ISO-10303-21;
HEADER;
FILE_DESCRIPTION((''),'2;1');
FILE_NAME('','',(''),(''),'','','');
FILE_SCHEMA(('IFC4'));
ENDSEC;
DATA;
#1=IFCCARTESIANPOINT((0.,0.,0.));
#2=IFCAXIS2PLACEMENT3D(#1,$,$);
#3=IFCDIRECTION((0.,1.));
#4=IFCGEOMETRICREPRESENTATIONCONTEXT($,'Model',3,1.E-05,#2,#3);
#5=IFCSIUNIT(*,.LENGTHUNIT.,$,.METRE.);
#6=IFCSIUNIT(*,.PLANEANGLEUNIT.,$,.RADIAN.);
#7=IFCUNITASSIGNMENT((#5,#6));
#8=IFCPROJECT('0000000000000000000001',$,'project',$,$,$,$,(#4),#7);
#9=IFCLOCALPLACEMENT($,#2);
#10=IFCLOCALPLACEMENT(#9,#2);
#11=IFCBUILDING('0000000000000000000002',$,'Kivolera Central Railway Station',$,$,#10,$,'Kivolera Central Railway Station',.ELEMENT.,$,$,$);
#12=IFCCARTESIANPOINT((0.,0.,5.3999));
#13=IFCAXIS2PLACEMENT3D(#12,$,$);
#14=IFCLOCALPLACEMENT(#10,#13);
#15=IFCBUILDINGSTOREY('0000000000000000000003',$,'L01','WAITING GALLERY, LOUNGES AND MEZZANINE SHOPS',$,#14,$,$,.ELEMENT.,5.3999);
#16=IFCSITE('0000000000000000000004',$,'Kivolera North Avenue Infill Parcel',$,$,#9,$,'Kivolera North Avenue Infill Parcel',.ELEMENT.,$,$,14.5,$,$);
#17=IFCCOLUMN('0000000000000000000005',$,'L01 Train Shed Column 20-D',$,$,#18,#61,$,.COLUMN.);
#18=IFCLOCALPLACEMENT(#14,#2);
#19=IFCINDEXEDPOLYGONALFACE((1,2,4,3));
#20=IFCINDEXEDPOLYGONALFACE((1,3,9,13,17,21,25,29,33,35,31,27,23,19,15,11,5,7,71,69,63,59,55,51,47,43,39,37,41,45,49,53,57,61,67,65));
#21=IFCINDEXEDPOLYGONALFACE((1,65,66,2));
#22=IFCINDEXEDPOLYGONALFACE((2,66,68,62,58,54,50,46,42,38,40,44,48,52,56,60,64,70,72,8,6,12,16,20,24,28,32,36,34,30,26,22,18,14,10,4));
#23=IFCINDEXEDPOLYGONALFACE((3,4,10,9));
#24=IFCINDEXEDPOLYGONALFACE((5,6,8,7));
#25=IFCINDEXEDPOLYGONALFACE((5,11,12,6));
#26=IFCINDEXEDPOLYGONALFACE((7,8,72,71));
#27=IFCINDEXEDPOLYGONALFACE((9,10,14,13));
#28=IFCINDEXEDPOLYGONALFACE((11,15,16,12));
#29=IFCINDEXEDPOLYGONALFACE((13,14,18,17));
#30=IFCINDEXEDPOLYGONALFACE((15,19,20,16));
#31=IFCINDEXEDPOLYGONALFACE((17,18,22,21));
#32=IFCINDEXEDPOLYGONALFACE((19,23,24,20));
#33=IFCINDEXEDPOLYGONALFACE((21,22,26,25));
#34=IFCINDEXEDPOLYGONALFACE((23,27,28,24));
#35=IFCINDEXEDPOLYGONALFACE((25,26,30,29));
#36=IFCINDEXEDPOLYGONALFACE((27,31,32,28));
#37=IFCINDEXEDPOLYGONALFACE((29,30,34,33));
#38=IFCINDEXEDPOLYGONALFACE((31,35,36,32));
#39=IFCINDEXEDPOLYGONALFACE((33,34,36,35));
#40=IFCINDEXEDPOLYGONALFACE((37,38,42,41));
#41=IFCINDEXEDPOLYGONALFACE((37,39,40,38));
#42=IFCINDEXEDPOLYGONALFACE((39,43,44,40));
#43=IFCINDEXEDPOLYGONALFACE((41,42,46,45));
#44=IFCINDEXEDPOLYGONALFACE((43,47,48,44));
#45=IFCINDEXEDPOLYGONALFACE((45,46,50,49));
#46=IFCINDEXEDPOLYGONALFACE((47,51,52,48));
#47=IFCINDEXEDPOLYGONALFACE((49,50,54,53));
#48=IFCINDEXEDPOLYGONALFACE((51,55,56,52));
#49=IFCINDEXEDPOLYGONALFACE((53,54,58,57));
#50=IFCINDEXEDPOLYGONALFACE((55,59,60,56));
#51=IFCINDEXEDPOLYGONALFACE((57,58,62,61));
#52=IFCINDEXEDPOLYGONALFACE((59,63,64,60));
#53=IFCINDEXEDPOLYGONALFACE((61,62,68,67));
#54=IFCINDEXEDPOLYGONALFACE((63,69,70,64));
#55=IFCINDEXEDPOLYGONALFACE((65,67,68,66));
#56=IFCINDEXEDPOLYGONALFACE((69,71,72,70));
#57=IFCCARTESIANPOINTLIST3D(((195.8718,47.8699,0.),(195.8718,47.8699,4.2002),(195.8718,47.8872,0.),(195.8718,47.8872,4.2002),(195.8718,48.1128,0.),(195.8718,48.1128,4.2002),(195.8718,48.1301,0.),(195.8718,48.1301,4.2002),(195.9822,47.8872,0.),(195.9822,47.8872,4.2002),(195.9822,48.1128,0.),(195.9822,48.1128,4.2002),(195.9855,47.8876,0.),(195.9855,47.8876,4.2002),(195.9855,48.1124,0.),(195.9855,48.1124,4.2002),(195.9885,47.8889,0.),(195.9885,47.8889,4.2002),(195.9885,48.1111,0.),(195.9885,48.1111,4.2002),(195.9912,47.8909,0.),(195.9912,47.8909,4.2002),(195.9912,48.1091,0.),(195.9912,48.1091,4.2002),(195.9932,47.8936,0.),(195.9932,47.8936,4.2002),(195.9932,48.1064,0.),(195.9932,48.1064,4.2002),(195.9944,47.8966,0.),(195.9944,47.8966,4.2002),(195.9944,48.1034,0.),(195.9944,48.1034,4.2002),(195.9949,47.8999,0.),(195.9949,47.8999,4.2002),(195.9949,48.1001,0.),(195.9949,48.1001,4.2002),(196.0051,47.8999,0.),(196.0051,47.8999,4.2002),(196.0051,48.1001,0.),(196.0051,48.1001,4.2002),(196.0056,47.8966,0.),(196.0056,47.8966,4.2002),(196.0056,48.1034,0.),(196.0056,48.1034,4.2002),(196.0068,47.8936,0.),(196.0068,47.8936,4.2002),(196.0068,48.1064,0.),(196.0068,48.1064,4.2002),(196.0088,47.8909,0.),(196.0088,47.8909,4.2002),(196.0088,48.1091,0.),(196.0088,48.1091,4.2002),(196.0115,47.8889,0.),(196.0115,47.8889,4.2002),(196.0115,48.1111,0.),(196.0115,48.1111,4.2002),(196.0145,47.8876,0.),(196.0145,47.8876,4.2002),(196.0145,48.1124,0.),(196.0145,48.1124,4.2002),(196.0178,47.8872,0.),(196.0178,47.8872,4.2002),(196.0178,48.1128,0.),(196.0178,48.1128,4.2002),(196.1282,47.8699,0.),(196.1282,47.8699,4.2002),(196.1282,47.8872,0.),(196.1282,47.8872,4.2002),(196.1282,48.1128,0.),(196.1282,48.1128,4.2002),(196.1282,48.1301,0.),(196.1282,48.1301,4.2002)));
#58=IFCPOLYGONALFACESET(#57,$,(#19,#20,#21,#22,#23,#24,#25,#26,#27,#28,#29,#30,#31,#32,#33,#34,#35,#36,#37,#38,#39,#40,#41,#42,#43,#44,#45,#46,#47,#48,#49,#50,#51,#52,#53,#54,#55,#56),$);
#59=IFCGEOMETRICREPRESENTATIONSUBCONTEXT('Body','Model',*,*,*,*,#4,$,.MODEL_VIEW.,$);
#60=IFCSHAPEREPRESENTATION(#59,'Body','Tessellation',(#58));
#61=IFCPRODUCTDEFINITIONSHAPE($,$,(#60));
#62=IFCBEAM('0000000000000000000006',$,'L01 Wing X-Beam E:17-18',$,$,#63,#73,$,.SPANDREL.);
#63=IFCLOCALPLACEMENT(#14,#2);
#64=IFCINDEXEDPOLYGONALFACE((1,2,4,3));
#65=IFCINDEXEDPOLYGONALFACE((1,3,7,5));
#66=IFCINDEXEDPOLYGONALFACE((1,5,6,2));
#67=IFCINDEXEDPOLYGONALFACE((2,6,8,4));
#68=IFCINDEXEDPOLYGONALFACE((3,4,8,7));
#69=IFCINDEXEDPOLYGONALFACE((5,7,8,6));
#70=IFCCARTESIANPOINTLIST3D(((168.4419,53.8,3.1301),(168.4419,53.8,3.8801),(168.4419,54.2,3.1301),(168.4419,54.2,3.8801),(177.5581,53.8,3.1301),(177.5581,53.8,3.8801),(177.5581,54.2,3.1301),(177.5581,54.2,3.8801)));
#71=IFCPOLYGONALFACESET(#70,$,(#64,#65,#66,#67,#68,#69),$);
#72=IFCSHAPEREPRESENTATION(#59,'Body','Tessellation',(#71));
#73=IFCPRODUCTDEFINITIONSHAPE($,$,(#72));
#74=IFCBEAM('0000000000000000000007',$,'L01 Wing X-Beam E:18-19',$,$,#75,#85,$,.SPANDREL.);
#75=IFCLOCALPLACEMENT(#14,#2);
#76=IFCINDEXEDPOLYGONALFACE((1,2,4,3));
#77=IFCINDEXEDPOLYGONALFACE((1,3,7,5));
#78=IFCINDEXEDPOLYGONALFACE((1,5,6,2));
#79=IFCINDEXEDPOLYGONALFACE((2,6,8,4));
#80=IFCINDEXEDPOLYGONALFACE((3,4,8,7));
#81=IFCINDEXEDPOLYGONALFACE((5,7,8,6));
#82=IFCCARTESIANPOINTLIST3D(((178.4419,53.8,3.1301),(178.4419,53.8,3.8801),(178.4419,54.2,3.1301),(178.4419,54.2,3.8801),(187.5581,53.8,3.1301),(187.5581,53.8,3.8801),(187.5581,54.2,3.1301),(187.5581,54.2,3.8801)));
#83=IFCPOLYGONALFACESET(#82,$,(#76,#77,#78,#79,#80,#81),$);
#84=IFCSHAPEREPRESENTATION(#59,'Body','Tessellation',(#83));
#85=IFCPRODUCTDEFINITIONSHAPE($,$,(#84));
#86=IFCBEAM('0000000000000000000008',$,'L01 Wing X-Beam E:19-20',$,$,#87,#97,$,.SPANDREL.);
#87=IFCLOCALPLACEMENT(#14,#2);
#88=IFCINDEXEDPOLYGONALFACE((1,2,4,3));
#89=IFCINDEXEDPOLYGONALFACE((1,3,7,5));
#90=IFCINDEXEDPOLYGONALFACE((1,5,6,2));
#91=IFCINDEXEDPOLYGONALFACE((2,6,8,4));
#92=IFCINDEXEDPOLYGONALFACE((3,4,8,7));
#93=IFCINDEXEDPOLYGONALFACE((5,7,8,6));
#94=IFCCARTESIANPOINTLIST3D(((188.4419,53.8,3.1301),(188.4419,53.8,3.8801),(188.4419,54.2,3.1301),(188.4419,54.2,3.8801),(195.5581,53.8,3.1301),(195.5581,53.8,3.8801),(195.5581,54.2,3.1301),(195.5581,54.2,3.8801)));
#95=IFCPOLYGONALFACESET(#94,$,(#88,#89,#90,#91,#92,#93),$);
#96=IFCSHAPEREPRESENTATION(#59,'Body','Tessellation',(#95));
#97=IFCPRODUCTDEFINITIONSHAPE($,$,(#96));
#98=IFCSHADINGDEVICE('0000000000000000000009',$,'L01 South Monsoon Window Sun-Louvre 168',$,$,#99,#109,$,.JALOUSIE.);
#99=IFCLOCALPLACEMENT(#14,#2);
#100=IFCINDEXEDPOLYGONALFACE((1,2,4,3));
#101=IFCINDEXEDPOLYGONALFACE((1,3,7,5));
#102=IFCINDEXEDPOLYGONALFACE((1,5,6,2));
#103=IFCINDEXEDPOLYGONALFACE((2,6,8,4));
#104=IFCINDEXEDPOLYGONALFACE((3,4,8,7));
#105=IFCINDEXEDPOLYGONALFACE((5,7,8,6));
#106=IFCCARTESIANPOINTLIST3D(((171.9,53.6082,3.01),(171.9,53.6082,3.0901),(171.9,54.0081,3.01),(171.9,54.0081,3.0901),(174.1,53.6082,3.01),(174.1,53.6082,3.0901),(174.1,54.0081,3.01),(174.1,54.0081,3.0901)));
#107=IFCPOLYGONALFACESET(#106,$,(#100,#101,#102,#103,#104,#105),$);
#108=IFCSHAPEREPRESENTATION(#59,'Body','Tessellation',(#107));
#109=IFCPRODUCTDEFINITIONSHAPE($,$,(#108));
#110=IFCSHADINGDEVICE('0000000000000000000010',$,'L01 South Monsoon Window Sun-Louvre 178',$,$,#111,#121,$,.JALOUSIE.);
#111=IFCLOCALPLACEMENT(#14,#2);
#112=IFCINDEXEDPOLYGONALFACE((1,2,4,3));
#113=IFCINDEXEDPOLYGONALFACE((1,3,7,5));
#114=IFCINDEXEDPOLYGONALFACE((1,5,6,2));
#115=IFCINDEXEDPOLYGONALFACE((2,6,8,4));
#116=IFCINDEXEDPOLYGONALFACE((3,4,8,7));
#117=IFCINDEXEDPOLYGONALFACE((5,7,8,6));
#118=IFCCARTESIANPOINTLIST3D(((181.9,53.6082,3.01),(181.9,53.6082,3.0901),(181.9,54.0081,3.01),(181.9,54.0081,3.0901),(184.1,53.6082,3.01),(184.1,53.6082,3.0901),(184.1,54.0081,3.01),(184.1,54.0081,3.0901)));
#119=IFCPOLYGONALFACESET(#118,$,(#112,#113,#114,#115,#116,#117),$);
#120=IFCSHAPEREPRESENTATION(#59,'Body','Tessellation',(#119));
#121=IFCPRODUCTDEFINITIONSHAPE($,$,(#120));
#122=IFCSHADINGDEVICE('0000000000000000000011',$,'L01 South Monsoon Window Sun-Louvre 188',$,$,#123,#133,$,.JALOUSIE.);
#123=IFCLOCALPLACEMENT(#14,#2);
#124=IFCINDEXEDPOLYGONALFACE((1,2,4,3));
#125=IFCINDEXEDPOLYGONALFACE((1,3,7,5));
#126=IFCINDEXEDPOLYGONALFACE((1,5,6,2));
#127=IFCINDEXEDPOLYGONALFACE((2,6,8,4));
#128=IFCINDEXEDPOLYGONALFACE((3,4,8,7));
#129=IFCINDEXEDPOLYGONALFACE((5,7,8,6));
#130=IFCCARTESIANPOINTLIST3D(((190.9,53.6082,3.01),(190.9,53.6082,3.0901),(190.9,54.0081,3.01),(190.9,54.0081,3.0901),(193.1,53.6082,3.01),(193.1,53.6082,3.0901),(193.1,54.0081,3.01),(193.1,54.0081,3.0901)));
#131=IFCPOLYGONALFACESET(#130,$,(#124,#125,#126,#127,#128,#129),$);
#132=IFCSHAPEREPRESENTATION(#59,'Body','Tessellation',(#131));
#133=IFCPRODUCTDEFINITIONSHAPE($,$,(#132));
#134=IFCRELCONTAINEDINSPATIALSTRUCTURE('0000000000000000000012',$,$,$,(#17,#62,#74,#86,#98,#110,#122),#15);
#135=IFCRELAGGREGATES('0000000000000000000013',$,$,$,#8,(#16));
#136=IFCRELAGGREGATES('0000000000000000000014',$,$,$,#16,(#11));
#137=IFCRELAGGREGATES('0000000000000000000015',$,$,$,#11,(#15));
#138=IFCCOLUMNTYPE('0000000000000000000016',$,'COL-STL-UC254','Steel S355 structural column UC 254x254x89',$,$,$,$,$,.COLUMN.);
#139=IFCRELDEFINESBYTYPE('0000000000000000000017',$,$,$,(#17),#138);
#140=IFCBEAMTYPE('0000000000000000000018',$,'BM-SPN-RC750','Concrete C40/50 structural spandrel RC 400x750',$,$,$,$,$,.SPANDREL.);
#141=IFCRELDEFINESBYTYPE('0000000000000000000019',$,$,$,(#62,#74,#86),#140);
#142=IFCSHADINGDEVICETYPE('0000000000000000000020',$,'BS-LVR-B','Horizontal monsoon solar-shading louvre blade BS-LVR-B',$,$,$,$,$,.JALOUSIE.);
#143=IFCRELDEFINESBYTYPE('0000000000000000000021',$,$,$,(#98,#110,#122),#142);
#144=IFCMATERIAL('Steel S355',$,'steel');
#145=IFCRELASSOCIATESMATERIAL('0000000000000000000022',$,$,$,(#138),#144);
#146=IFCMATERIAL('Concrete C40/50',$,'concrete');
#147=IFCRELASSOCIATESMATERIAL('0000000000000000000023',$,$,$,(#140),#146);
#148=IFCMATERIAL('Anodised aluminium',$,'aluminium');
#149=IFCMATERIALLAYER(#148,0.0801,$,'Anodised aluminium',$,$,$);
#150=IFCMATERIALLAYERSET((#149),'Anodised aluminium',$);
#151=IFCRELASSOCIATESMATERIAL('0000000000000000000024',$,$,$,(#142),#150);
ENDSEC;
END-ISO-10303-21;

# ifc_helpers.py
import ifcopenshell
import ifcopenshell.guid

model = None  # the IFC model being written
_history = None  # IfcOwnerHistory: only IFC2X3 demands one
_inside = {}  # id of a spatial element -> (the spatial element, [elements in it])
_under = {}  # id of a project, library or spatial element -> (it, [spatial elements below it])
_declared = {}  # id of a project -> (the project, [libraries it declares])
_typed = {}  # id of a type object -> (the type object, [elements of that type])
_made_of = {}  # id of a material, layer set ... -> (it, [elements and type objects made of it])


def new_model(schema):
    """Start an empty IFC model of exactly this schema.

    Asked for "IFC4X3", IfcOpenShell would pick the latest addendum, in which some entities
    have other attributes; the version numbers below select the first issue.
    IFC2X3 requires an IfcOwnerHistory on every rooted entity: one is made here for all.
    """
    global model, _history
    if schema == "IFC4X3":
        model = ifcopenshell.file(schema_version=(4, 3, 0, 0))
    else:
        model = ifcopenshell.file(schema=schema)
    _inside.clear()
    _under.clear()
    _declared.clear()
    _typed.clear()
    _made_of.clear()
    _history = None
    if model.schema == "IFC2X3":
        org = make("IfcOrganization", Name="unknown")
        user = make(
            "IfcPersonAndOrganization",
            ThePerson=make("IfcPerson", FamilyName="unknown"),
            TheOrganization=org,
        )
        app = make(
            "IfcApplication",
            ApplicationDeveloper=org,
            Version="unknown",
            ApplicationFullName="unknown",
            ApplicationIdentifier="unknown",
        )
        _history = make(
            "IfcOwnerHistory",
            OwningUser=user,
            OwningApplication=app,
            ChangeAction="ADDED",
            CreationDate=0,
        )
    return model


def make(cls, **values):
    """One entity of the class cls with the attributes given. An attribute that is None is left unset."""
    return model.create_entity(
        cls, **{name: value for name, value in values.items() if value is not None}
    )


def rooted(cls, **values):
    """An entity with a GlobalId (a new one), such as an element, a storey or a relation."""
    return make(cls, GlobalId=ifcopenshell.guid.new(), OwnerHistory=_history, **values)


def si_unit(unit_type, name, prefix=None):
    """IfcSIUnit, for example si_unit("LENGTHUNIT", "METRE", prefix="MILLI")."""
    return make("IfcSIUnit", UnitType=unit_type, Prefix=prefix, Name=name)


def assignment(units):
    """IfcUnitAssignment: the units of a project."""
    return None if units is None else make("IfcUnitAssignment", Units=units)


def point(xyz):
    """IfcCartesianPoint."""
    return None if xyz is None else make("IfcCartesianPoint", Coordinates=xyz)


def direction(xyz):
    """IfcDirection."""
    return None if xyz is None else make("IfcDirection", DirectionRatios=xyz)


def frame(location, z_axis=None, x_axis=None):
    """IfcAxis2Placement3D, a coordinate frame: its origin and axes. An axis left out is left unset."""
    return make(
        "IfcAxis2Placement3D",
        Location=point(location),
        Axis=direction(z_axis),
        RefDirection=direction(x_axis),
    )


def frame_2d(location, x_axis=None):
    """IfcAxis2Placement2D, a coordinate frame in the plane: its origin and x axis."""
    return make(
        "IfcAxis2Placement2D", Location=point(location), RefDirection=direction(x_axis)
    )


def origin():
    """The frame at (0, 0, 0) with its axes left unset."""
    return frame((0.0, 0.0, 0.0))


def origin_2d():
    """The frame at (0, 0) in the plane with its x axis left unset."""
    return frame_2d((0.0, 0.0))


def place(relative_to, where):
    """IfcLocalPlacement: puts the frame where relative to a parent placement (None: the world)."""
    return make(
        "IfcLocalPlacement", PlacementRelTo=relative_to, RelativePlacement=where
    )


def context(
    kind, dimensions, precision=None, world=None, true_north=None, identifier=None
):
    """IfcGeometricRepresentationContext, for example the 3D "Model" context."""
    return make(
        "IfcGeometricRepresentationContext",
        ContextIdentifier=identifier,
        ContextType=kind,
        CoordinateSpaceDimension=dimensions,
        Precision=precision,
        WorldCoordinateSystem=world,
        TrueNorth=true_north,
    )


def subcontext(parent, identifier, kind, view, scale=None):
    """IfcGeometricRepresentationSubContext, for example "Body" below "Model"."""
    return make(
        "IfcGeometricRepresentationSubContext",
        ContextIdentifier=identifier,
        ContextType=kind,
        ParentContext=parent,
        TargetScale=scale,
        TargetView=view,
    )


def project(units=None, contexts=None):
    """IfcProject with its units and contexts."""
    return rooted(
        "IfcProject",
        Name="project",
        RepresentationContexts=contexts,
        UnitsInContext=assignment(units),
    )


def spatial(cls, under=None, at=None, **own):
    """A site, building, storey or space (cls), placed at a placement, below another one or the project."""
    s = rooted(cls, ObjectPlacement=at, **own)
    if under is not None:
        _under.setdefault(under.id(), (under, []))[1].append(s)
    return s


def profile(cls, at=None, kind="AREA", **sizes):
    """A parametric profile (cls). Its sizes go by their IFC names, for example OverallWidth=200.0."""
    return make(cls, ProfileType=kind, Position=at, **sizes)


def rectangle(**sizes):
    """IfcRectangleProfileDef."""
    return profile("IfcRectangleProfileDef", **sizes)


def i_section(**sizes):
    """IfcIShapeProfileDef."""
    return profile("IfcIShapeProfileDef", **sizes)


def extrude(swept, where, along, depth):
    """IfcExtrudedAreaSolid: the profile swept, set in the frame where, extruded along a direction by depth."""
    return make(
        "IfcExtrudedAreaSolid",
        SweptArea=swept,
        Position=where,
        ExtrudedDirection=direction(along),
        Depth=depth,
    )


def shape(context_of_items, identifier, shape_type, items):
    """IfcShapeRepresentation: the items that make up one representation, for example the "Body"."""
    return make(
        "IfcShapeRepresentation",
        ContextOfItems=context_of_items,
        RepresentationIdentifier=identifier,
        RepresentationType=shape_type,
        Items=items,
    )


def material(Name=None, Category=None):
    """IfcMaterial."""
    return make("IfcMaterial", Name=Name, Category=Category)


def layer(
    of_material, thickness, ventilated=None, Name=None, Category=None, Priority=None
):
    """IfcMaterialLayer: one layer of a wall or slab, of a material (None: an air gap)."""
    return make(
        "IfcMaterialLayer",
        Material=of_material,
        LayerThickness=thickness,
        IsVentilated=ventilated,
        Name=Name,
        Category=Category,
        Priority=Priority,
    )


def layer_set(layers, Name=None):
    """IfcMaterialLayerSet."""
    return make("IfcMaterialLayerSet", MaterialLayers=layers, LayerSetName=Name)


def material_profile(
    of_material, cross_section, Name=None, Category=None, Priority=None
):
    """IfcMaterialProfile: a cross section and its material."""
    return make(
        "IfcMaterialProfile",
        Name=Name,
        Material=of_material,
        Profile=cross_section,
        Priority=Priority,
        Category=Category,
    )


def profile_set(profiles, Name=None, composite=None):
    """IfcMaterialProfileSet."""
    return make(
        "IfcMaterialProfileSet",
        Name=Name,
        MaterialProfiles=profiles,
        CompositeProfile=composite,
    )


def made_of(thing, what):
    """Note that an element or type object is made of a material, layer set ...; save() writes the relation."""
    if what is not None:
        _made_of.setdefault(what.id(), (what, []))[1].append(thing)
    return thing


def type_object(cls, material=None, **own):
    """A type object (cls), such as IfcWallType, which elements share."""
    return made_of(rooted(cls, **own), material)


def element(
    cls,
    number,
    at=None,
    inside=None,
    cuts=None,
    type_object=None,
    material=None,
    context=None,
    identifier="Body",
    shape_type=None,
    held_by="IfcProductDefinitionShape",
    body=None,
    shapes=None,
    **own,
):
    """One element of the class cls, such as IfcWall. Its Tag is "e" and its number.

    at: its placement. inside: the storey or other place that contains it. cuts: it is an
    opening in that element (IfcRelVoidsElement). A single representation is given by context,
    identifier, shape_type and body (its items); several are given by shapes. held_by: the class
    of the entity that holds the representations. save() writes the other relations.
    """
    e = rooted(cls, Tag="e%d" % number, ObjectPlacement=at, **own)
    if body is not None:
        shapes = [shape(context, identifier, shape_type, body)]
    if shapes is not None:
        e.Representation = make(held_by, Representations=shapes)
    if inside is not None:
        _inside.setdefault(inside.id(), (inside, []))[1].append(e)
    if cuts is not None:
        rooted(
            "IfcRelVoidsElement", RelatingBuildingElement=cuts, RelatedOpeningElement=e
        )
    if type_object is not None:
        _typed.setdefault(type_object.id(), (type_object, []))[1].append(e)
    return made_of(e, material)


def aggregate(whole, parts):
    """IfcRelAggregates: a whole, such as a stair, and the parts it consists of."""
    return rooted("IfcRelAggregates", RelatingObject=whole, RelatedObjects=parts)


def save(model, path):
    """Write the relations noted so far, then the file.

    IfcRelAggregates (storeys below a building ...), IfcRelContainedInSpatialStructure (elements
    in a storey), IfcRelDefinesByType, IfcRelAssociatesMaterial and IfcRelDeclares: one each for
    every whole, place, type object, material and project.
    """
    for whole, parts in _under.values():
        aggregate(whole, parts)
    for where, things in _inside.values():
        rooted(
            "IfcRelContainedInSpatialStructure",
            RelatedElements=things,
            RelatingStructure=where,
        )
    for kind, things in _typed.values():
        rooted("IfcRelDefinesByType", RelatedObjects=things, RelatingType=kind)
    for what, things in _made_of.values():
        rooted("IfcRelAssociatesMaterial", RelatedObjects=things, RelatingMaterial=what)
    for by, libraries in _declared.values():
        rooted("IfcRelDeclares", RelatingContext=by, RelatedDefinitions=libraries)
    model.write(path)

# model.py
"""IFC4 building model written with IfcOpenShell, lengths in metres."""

from ifc_helpers import new_model, si_unit, direction, frame, origin, origin_2d, place, context, subcontext, project, spatial, rectangle, i_section, extrude, material, layer, layer_set, material_profile, profile_set, type_object, element, save


model = new_model("IFC4")

# Units and contexts
model_context = context("Model", 3, precision=1e-05, world=origin(), true_north=direction((0.0, 1.0)))
body_context = subcontext(model_context, "Body", "Model", "MODEL_VIEW")
ifc_project = project(units=[si_unit("LENGTHUNIT", "METRE"), si_unit("PLANEANGLEUNIT", "RADIAN")], contexts=[model_context])

# Site, building, storey
site_placement = place(None, origin())
site = spatial("IfcSite", under=ifc_project, at=site_placement, Name="Kivolera North Avenue Infill Parcel", LongName="Kivolera North Avenue Infill Parcel", CompositionType="ELEMENT", RefElevation=14.5)
building_placement = place(site_placement, origin())
building = spatial("IfcBuilding", under=site, at=building_placement, Name="Kivolera Central Railway Station", LongName="Kivolera Central Railway Station", CompositionType="ELEMENT")
storey_placement = place(building_placement, frame((0.0, 0.0, 5.3999)))
storey = spatial("IfcBuildingStorey", under=building, at=storey_placement, Name="L01", Description="WAITING GALLERY, LOUNGES AND MEZZANINE SHOPS", CompositionType="ELEMENT", Elevation=5.3999)

# Column
ifc_material_1 = material(Name="Concrete C40/50", Category="concrete")
ifc_material_2 = material(Name="Steel S355", Category="steel")
ifc_material_profile_1 = material_profile(ifc_material_2, i_section(OverallWidth=0.2563, OverallDepth=0.2603, WebThickness=0.0103, FlangeThickness=0.0173, FilletRadius=0.0127, at=origin_2d()), Name="UC 254x254x89")
ifc_profile_set_1 = profile_set([ifc_material_profile_1], Name="Steel S355")
column_type_1 = type_object("IfcColumnType", Name="COL-STL-UC254", Description="Steel S355 structural column UC 254x254x89", PredefinedType="COLUMN", material=ifc_profile_set_1)
for number, where, z_axis, x_axis, name in (
    (1, (196.0, 48.0, 0.0), (0.0, 0.0, 1.0), (1.0, 0.0, 0.0), "L01 Train Shed Column 20-D"),
):
    element("IfcColumn", number, at=place(storey_placement, frame(where, z_axis=z_axis, x_axis=x_axis)), inside=storey, type_object=column_type_1, Name=name, PredefinedType="COLUMN", context=body_context, shape_type="SweptSolid", body=[
        extrude(i_section(OverallWidth=0.2563, OverallDepth=0.2603, WebThickness=0.0103, FlangeThickness=0.0173, FilletRadius=0.0127, at=origin_2d()), origin(), (0.0, 0.0, 1.0), 4.2002),
    ])

# Beams
ifc_material_profile_2 = material_profile(ifc_material_1, rectangle(XDim=0.3999, YDim=0.75, at=origin_2d()), Name="RC 400x750")
ifc_profile_set_2 = profile_set([ifc_material_profile_2], Name="Concrete C40/50")
beam_type = type_object("IfcBeamType", Name="BM-SPN-RC750", Description="Concrete C40/50 structural spandrel RC 400x750", PredefinedType="SPANDREL", material=ifc_profile_set_2)
for number, where, z_axis, x_axis, name in (
    (2, (168.4419, 54.0, 3.5051), (1.0, 0.0, 0.0), (0.0, 1.0, 0.0), "L01 Wing X-Beam E:17-18"),
    (3, (178.4419, 54.0, 3.5051), (1.0, 0.0, 0.0), (0.0, 1.0, 0.0), "L01 Wing X-Beam E:18-19"),
):
    element("IfcBeam", number, at=place(storey_placement, frame(where, z_axis=z_axis, x_axis=x_axis)), inside=storey, type_object=beam_type, Name=name, PredefinedType="SPANDREL", context=body_context, shape_type="SweptSolid", body=[
        extrude(rectangle(XDim=0.3999, YDim=0.75, at=origin_2d()), origin(), (0.0, 0.0, 1.0), 9.1162),
    ])
beam_placement = place(storey_placement, frame((188.4419, 54.0, 3.5051), z_axis=(1.0, 0.0, 0.0), x_axis=(0.0, 1.0, 0.0)))
element("IfcBeam", 4, at=beam_placement, inside=storey, type_object=beam_type, Name="L01 Wing X-Beam E:19-20", PredefinedType="SPANDREL", context=body_context, shape_type="SweptSolid", body=[
    extrude(rectangle(XDim=0.3999, YDim=0.75, at=origin_2d()), origin(), (0.0, 0.0, 1.0), 7.1162),
])

# Shading devices
ifc_material_3 = material(Name="Anodised aluminium", Category="aluminium")
ifc_layer = layer(ifc_material_3, 0.0801, Name="Anodised aluminium")
ifc_layer_set = layer_set([ifc_layer], Name="Anodised aluminium")
shading_device_type = type_object("IfcShadingDeviceType", Name="BS-LVR-B", Description="Horizontal monsoon solar-shading louvre blade BS-LVR-B", PredefinedType="JALOUSIE", material=ifc_layer_set)
for number, where, z_axis, x_axis, name in (
    (5, (173.0, 53.8081, 3.01), (0.0, 0.0, 1.0), (1.0, 0.0, 0.0), "L01 South Monsoon Window Sun-Louvre 168"),
    (6, (183.0, 53.8081, 3.01), (0.0, 0.0, 1.0), (1.0, 0.0, 0.0), "L01 South Monsoon Window Sun-Louvre 178"),
    (7, (192.0, 53.8081, 3.01), (0.0, 0.0, 1.0), (1.0, 0.0, 0.0), "L01 South Monsoon Window Sun-Louvre 188"),
):
    element("IfcShadingDevice", number, at=place(storey_placement, frame(where, z_axis=z_axis, x_axis=x_axis)), inside=storey, type_object=shading_device_type, Name=name, PredefinedType="JALOUSIE", context=body_context, shape_type="SweptSolid", body=[
        extrude(rectangle(XDim=2.2, YDim=0.3999, at=origin_2d()), origin(), (0.0, 0.0, 1.0), 0.0801),
    ])

save(model, "model.ifc")
